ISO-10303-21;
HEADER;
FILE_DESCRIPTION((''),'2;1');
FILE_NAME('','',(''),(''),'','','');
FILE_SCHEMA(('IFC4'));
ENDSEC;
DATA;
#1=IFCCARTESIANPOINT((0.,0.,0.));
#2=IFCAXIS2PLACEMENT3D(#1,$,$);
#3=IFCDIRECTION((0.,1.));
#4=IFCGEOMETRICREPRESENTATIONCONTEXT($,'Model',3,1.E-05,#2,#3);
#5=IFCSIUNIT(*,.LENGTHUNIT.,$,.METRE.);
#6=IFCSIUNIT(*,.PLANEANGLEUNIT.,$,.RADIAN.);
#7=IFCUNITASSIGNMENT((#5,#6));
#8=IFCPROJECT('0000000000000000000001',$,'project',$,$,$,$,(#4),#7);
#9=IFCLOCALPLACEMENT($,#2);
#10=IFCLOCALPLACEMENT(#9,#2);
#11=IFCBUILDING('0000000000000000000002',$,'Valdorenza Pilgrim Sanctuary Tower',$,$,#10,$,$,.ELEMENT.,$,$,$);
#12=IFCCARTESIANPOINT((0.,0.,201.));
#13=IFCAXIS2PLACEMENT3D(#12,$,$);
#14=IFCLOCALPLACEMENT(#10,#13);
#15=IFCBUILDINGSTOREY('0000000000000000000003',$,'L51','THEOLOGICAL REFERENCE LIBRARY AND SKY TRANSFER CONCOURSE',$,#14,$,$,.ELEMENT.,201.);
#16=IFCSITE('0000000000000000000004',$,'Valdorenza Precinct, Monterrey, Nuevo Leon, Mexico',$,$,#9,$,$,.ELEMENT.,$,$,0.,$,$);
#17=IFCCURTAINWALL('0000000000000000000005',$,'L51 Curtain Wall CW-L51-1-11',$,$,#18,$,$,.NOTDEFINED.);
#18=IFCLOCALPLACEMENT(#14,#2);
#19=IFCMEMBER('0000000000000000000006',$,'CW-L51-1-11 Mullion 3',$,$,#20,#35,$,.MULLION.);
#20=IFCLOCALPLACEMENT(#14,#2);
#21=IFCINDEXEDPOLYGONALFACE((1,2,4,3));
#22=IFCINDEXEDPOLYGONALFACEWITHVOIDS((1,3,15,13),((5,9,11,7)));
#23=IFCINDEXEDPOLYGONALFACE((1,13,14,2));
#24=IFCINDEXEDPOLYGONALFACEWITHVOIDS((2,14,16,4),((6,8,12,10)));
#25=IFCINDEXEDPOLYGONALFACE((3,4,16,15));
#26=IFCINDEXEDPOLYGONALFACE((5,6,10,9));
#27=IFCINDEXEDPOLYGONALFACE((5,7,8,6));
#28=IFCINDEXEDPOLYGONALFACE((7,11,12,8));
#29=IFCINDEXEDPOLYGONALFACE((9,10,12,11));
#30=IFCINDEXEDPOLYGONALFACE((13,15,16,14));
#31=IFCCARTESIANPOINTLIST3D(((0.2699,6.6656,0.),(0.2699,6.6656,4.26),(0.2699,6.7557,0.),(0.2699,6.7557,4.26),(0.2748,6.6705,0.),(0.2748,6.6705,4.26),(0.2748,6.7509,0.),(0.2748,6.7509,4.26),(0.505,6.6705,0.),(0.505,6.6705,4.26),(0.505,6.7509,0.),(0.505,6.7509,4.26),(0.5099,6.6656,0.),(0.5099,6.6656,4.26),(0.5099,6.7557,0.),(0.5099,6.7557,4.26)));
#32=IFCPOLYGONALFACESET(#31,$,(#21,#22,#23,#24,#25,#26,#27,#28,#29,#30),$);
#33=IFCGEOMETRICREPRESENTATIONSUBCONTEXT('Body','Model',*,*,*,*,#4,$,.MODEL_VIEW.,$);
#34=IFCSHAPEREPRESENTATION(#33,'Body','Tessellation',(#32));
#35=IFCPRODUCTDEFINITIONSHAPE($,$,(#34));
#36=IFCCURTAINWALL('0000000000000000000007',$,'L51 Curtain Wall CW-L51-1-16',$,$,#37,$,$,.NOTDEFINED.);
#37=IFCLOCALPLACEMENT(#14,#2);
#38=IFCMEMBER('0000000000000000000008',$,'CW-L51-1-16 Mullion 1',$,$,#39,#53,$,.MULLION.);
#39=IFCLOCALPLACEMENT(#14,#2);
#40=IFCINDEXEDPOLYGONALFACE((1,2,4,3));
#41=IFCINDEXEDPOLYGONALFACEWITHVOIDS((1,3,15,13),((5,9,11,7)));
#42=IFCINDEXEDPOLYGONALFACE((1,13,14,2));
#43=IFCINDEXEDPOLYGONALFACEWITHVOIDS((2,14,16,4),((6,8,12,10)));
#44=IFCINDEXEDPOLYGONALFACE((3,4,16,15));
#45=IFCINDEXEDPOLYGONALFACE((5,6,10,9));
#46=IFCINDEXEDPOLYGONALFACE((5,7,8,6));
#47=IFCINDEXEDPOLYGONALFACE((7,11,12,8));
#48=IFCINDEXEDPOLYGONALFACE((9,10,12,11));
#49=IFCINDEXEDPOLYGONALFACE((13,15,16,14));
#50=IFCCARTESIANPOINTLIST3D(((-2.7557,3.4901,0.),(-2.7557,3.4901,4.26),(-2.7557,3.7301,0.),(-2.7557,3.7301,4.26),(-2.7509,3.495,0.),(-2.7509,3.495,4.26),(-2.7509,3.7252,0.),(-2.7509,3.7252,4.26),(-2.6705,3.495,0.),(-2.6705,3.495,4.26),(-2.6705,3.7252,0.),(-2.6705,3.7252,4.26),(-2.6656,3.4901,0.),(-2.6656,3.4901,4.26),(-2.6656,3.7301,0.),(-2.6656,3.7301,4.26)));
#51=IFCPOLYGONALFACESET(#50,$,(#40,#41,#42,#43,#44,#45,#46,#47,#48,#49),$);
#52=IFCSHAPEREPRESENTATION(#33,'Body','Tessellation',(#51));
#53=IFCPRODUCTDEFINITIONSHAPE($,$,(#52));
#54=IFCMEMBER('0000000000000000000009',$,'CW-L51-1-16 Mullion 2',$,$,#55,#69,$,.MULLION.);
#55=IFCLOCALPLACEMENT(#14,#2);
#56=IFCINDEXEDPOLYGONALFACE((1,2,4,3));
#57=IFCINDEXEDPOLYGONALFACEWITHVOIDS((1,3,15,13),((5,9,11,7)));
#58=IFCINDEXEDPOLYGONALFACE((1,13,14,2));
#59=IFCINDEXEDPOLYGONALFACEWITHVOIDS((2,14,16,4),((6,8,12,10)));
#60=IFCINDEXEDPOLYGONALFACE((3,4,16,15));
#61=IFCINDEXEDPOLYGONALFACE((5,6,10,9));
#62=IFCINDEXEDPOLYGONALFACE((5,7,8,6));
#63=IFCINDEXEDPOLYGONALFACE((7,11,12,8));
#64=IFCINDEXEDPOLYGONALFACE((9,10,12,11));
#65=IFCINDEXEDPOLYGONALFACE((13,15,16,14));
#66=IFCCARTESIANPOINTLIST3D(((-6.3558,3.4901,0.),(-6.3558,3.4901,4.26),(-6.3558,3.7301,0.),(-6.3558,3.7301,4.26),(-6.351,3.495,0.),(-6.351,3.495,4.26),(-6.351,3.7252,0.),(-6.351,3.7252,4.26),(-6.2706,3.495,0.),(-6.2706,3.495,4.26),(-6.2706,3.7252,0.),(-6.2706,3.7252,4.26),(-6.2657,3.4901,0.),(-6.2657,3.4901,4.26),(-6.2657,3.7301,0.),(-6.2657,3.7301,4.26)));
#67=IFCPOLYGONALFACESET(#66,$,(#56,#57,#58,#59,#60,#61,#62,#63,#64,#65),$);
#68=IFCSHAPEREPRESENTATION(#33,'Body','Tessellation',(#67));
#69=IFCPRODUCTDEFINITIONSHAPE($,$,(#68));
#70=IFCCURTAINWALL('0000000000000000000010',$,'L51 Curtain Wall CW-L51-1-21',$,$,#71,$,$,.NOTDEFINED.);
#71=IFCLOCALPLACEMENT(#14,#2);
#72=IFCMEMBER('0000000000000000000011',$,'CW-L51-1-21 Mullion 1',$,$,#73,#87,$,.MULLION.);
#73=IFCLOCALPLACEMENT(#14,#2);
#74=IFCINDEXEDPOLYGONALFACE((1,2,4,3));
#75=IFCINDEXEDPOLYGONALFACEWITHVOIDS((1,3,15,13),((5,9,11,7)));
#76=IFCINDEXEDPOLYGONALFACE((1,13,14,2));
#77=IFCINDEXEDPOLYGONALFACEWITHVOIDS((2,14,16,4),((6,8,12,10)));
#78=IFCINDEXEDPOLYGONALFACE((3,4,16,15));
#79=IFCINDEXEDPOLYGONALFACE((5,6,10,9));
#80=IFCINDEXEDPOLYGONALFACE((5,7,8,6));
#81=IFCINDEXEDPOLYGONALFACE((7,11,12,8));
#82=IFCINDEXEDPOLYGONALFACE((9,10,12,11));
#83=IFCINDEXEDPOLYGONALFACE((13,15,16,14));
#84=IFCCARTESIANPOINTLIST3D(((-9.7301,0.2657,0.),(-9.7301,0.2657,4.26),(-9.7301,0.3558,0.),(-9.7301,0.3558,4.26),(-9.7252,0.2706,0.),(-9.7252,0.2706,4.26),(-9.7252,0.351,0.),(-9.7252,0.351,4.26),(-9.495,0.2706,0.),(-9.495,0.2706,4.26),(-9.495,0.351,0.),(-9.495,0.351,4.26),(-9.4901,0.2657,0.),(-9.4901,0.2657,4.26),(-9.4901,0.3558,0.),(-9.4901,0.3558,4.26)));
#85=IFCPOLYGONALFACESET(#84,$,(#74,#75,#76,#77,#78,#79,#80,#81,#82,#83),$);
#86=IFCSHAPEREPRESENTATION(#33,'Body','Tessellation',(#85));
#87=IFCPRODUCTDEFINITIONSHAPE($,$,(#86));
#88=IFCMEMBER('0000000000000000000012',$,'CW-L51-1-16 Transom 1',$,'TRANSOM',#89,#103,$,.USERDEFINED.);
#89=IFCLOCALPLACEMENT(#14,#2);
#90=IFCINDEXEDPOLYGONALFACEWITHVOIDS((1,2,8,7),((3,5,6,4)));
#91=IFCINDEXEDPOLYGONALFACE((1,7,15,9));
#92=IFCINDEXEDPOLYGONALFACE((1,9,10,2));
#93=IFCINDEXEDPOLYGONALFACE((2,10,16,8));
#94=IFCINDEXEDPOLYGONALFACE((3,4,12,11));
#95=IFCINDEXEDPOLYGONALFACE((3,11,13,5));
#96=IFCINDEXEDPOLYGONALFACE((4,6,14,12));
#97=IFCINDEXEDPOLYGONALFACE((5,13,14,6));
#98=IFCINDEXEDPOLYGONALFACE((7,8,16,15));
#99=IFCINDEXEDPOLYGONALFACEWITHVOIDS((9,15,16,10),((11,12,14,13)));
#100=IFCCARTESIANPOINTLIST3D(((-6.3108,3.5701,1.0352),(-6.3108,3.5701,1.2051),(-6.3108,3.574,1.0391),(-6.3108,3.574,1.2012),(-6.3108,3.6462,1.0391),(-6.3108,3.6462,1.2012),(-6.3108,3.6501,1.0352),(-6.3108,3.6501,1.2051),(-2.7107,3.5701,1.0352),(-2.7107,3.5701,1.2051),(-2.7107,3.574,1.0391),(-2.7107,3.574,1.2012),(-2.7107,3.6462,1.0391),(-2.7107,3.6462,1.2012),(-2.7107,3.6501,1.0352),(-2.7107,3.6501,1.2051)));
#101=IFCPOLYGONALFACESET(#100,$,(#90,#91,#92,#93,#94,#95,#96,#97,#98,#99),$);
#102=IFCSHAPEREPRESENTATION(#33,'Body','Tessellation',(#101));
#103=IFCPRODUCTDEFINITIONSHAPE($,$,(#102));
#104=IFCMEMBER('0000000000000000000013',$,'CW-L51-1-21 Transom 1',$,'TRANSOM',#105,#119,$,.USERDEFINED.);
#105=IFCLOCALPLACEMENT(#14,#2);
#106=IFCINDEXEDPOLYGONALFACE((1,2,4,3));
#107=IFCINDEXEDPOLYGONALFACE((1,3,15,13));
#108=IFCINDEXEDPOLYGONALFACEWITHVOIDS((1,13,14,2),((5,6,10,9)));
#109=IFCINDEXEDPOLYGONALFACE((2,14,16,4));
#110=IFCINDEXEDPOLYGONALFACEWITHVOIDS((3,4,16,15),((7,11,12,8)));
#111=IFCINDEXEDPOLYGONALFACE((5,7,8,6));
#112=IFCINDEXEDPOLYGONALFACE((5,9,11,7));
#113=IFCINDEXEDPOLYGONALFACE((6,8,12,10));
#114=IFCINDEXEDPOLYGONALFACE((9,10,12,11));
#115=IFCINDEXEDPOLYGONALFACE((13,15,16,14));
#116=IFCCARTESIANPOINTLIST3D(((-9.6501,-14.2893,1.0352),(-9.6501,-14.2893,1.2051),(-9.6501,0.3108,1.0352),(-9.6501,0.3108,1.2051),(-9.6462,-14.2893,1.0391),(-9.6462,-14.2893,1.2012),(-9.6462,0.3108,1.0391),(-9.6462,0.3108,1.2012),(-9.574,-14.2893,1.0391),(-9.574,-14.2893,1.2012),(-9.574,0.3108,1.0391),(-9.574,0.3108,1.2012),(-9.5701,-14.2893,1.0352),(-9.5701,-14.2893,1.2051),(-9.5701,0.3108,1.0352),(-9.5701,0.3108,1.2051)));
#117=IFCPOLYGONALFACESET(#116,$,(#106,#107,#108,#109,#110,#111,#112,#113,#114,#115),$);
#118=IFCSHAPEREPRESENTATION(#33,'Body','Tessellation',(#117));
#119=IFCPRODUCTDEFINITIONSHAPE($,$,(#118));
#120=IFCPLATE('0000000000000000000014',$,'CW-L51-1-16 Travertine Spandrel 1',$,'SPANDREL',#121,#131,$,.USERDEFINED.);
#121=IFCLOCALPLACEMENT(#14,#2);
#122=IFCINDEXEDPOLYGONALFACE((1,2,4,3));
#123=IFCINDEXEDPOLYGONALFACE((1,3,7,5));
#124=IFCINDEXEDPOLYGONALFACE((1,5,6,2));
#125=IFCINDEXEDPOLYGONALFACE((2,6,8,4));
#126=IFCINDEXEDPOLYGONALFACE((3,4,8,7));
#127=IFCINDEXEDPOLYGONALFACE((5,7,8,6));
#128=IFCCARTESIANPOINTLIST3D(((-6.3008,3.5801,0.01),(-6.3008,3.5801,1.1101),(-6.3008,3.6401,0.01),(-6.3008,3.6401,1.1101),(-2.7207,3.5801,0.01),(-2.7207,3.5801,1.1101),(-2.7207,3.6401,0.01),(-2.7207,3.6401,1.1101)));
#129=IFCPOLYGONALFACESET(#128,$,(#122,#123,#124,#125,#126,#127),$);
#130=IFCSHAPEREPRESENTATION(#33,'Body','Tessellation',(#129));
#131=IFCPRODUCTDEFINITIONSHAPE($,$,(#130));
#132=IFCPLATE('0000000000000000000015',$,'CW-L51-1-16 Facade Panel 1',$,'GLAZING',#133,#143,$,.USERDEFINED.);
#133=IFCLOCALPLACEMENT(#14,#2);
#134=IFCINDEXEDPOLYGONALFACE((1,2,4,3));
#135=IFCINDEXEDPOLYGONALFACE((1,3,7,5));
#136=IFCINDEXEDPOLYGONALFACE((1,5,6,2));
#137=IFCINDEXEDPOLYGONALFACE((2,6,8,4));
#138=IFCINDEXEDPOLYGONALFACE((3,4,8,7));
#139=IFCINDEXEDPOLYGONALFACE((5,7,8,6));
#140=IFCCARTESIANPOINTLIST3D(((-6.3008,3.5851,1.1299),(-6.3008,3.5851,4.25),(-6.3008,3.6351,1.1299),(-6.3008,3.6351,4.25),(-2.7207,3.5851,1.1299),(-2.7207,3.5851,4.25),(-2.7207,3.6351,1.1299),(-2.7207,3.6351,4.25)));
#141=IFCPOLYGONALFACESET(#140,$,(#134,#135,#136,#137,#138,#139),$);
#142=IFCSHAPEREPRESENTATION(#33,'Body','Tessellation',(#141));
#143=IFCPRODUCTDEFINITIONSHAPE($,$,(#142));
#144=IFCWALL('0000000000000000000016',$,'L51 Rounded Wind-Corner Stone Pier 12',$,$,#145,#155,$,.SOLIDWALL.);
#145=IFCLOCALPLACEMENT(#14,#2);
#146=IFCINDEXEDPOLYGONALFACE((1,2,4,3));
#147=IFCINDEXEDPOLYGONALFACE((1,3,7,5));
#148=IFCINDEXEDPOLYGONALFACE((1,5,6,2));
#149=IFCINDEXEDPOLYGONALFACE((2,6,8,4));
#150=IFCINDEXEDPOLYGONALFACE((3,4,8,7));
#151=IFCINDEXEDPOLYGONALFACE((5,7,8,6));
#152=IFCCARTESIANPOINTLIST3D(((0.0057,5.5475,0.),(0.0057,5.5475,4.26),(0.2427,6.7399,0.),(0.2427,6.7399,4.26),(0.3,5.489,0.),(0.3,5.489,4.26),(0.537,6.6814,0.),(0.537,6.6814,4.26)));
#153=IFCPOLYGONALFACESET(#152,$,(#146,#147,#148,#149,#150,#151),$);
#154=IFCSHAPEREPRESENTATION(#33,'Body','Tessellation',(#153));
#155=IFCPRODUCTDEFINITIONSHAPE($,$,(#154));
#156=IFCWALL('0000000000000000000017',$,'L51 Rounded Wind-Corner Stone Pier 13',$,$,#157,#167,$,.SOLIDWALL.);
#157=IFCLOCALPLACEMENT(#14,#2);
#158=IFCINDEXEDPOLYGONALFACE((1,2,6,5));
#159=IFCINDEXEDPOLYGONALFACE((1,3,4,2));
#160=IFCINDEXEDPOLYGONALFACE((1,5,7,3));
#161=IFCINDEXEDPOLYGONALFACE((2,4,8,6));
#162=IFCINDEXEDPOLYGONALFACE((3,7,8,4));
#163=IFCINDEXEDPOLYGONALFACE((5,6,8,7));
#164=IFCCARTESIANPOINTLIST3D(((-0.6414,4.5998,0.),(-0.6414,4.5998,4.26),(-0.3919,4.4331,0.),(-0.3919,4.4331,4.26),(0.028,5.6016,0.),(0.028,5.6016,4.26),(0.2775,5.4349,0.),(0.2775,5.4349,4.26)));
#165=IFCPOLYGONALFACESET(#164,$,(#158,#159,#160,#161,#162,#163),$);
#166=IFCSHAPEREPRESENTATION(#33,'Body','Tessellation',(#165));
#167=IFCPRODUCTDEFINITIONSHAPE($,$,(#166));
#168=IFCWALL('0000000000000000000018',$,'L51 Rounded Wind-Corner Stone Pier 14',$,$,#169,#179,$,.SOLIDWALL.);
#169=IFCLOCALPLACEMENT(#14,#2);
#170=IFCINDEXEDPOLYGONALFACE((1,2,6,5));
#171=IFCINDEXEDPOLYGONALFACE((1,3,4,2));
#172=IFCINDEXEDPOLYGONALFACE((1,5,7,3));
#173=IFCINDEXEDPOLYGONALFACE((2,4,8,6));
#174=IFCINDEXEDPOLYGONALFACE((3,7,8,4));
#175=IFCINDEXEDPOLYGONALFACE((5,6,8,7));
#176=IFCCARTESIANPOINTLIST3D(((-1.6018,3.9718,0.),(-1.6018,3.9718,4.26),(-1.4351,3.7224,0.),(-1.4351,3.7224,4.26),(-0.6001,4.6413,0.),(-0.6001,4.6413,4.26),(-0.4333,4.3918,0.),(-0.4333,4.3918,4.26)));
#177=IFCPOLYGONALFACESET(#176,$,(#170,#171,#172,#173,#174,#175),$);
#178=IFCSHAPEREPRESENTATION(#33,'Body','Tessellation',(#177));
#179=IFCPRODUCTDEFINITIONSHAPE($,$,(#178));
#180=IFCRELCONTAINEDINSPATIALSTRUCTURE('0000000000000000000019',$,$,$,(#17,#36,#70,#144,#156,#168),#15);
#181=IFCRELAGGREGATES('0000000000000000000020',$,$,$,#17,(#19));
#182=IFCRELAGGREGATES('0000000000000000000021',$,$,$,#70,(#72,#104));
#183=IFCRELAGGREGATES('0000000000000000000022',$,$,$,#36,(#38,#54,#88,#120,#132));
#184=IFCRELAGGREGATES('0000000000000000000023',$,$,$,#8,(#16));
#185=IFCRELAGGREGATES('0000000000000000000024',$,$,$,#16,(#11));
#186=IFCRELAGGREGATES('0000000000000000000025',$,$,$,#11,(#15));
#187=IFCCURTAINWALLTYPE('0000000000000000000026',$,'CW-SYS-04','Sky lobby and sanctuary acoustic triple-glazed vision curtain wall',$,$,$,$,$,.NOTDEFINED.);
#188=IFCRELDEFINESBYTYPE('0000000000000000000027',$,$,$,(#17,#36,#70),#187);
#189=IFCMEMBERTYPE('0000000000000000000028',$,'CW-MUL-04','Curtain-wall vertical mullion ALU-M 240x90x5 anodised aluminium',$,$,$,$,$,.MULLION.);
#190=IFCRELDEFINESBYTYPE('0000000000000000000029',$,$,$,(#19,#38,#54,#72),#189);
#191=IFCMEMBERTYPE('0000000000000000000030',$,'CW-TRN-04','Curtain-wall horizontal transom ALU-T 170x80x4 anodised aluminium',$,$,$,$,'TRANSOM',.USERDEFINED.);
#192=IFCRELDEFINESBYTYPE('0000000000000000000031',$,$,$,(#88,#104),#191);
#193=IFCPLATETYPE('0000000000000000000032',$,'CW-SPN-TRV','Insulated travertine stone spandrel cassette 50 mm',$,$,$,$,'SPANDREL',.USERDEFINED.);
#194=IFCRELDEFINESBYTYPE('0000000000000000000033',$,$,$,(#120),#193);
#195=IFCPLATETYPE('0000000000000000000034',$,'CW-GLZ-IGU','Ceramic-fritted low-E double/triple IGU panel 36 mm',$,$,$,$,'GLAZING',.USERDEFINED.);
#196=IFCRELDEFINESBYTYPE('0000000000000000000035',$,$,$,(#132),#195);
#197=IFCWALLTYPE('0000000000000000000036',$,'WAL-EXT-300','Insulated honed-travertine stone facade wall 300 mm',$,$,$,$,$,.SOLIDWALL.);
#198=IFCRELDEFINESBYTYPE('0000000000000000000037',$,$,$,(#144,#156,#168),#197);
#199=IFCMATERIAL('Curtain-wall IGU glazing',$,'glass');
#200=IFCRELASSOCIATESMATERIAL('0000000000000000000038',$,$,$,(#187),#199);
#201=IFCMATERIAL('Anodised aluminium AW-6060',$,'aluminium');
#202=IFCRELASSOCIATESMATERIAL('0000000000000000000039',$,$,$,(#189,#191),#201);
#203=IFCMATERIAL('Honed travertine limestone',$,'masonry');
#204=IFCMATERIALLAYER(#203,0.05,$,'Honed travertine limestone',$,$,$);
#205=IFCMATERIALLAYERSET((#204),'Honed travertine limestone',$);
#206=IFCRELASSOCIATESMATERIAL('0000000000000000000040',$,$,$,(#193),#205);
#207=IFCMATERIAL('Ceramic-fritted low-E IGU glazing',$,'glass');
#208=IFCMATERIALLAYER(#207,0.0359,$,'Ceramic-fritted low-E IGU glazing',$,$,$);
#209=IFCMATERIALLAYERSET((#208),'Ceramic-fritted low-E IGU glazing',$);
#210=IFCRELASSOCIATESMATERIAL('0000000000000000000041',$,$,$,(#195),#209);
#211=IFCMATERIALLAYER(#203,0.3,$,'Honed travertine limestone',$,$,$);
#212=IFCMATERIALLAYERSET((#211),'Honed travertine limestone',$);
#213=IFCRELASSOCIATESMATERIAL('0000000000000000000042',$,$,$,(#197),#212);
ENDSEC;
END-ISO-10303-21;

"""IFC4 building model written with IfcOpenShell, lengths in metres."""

from ifc_helpers import new_model, si_unit, direction, frame, frame_2d, origin, origin_2d, place, context, subcontext, project, spatial, rectangle, hollow_rectangle, extrude, source, transform, mapped, material, layer, layer_set, material_profile, profile_set, type_object, element, aggregate, save


model = new_model("IFC4")

# Units and contexts
model_context = context("Model", 3, precision=1e-05, world=origin(), true_north=direction((0.0, 1.0)))
body_context = subcontext(model_context, "Body", "Model", "MODEL_VIEW")
ifc_project = project(units=[si_unit("LENGTHUNIT", "METRE"), si_unit("PLANEANGLEUNIT", "RADIAN")], contexts=[model_context])

# Site, building, storey
site_placement = place(None, origin())
site = spatial("IfcSite", under=ifc_project, at=site_placement, Name="Valdorenza Precinct, Monterrey, Nuevo Leon, Mexico", CompositionType="ELEMENT", RefElevation=0.0)
building_placement = place(site_placement, origin())
building = spatial("IfcBuilding", under=site, at=building_placement, Name="Valdorenza Pilgrim Sanctuary Tower", CompositionType="ELEMENT")
storey_placement = place(building_placement, frame((0.0, 0.0, 201.0)))
storey = spatial("IfcBuildingStorey", under=building, at=storey_placement, Name="L51", Description="THEOLOGICAL REFERENCE LIBRARY AND SKY TRANSFER CONCOURSE", CompositionType="ELEMENT", Elevation=201.0)

# Curtain wall, member
ifc_material_1 = material(Name="Curtain-wall IGU glazing", Category="glass")
curtain_wall_type = type_object("IfcCurtainWallType", Name="CW-SYS-04", Description="Sky lobby and sanctuary acoustic triple-glazed vision curtain wall", PredefinedType="NOTDEFINED", material=ifc_material_1)
curtain_wall_1_placement = place(storey_placement, origin())
curtain_wall_1 = element("IfcCurtainWall", 1, at=curtain_wall_1_placement, inside=storey, type_object=curtain_wall_type, Name="L51 Curtain Wall CW-L51-1-11", PredefinedType="NOTDEFINED")
ifc_material_2 = material(Name="Anodised aluminium AW-6060", Category="aluminium")
ifc_material_profile_1 = material_profile(ifc_material_2, hollow_rectangle(XDim=0.0901, YDim=0.24, WallThickness=0.0049, at=origin_2d()), Name="ALU-M 240x90x5")
ifc_profile_set_1 = profile_set([ifc_material_profile_1], Name="Anodised aluminium AW-6060")
member_type_1 = type_object("IfcMemberType", Name="CW-MUL-04", Description="Curtain-wall vertical mullion ALU-M 240x90x5 anodised aluminium", PredefinedType="MULLION", material=ifc_profile_set_1)
shared_shape_1 = source(origin(), body_context, "Body", "SweptSolid", [
    extrude(hollow_rectangle(XDim=0.0901, YDim=0.24, WallThickness=0.0049, at=origin_2d()), origin(), (0.0, 0.0, 1.0), 4.26),
])
member_1_placement = place(storey_placement, frame((0.3899, 6.7107, 0.0), z_axis=(0.0, 0.0, 1.0), x_axis=(0.0, -1.0, 0.0)))
member_1 = element("IfcMember", 2, at=member_1_placement, type_object=member_type_1, Name="CW-L51-1-11 Mullion 3", PredefinedType="MULLION", context=body_context, shape_type="MappedRepresentation", body=[
    mapped(shared_shape_1, transform((0.0, 0.0, 0.0), x_axis=(1.0, 0.0, 0.0), y_axis=(0.0, 1.0, 0.0), z_axis=(0.0, 0.0, 1.0), scale=1.0)),
])
aggregate(curtain_wall_1, [member_1])

# Curtain wall, members
curtain_wall_2_placement = place(storey_placement, origin())
curtain_wall_2 = element("IfcCurtainWall", 3, at=curtain_wall_2_placement, inside=storey, type_object=curtain_wall_type, Name="L51 Curtain Wall CW-L51-1-16", PredefinedType="NOTDEFINED")
member_2_placement = place(storey_placement, frame((-2.7107, 3.6101, 0.0), z_axis=(0.0, 0.0, 1.0), x_axis=(-1.0, 0.0, 0.0)))
member_2 = element("IfcMember", 4, at=member_2_placement, type_object=member_type_1, Name="CW-L51-1-16 Mullion 1", PredefinedType="MULLION", context=body_context, shape_type="MappedRepresentation", body=[
    mapped(shared_shape_1, transform((0.0, 0.0, 0.0), x_axis=(1.0, 0.0, 0.0), y_axis=(0.0, 1.0, 0.0), z_axis=(0.0, 0.0, 1.0), scale=1.0)),
])
member_3_placement = place(storey_placement, frame((-6.3108, 3.6101, 0.0), z_axis=(0.0, 0.0, 1.0), x_axis=(-1.0, 0.0, 0.0)))
member_3 = element("IfcMember", 5, at=member_3_placement, type_object=member_type_1, Name="CW-L51-1-16 Mullion 2", PredefinedType="MULLION", context=body_context, shape_type="MappedRepresentation", body=[
    mapped(shared_shape_1, transform((0.0, 0.0, 0.0), x_axis=(1.0, 0.0, 0.0), y_axis=(0.0, 1.0, 0.0), z_axis=(0.0, 0.0, 1.0), scale=1.0)),
])

# Curtain wall, member
curtain_wall_3_placement = place(storey_placement, origin())
curtain_wall_3 = element("IfcCurtainWall", 6, at=curtain_wall_3_placement, inside=storey, type_object=curtain_wall_type, Name="L51 Curtain Wall CW-L51-1-21", PredefinedType="NOTDEFINED")
member_4_placement = place(storey_placement, frame((-9.6101, 0.3108, 0.0), z_axis=(0.0, 0.0, 1.0), x_axis=(0.0, -1.0, 0.0)))
member_4 = element("IfcMember", 7, at=member_4_placement, type_object=member_type_1, Name="CW-L51-1-21 Mullion 1", PredefinedType="MULLION", context=body_context, shape_type="MappedRepresentation", body=[
    mapped(shared_shape_1, transform((0.0, 0.0, 0.0), x_axis=(1.0, 0.0, 0.0), y_axis=(0.0, 1.0, 0.0), z_axis=(0.0, 0.0, 1.0), scale=1.0)),
])

# Members
ifc_material_profile_2 = material_profile(ifc_material_2, hollow_rectangle(XDim=0.0801, YDim=0.1699, WallThickness=0.0039, at=origin_2d()), Name="ALU-T 170x80x4")
ifc_profile_set_2 = profile_set([ifc_material_profile_2], Name="Anodised aluminium AW-6060")
member_type_2 = type_object("IfcMemberType", Name="CW-TRN-04", Description="Curtain-wall horizontal transom ALU-T 170x80x4 anodised aluminium", ElementType="TRANSOM", PredefinedType="USERDEFINED", material=ifc_profile_set_2)
shared_shape_2 = source(origin(), body_context, "Body", "SweptSolid", [
    extrude(hollow_rectangle(XDim=0.0801, YDim=0.1699, WallThickness=0.0039, at=origin_2d()), origin(), (0.0, 0.0, 1.0), 3.6001),
])
member_5_placement = place(storey_placement, frame((-2.7107, 3.6101, 1.1201), z_axis=(-1.0, 0.0, 0.0), x_axis=(0.0, -1.0, 0.0)))
member_5 = element("IfcMember", 8, at=member_5_placement, type_object=member_type_2, Name="CW-L51-1-16 Transom 1", ObjectType="TRANSOM", PredefinedType="USERDEFINED", context=body_context, shape_type="MappedRepresentation", body=[
    mapped(shared_shape_2, transform((0.0, 0.0, 0.0), x_axis=(1.0, 0.0, 0.0), y_axis=(0.0, 1.0, 0.0), z_axis=(0.0, 0.0, 1.0), scale=1.0)),
])
shared_shape_3 = source(origin(), body_context, "Body", "SweptSolid", [
    extrude(hollow_rectangle(XDim=0.0801, YDim=0.1699, WallThickness=0.0039, at=origin_2d()), origin(), (0.0, 0.0, 1.0), 14.6001),
])
member_6_placement = place(storey_placement, frame((-9.6101, 0.3108, 1.1201), z_axis=(0.0, -1.0, 0.0), x_axis=(1.0, 0.0, 0.0)))
member_6 = element("IfcMember", 9, at=member_6_placement, type_object=member_type_2, Name="CW-L51-1-21 Transom 1", ObjectType="TRANSOM", PredefinedType="USERDEFINED", context=body_context, shape_type="MappedRepresentation", body=[
    mapped(shared_shape_3, transform((0.0, 0.0, 0.0), x_axis=(1.0, 0.0, 0.0), y_axis=(0.0, 1.0, 0.0), z_axis=(0.0, 0.0, 1.0), scale=1.0)),
])
aggregate(curtain_wall_3, [member_4, member_6])

# Plates
ifc_material_3 = material(Name="Honed travertine limestone", Category="masonry")
ifc_layer_1 = layer(ifc_material_3, 0.05, Name="Honed travertine limestone")
ifc_layer_set_1 = layer_set([ifc_layer_1], Name="Honed travertine limestone")
plate_type_1 = type_object("IfcPlateType", Name="CW-SPN-TRV", Description="Insulated travertine stone spandrel cassette 50 mm", ElementType="SPANDREL", PredefinedType="USERDEFINED", material=ifc_layer_set_1)
shared_shape_4 = source(origin(), body_context, "Body", "SweptSolid", [
    extrude(rectangle(XDim=3.5801, YDim=0.0601, at=origin_2d()), origin(), (0.0, 0.0, 1.0), 1.1001),
])
plate_1_placement = place(storey_placement, frame((-4.5107, 3.6101, 0.01), z_axis=(0.0, 0.0, 1.0), x_axis=(-1.0, 0.0, 0.0)))
plate_1 = element("IfcPlate", 10, at=plate_1_placement, type_object=plate_type_1, Name="CW-L51-1-16 Travertine Spandrel 1", ObjectType="SPANDREL", PredefinedType="USERDEFINED", context=body_context, shape_type="MappedRepresentation", body=[
    mapped(shared_shape_4, transform((0.0, 0.0, 0.0), x_axis=(1.0, 0.0, 0.0), y_axis=(0.0, 1.0, 0.0), z_axis=(0.0, 0.0, 1.0), scale=1.0)),
])
ifc_material_4 = material(Name="Ceramic-fritted low-E IGU glazing", Category="glass")
ifc_layer_2 = layer(ifc_material_4, 0.0359, Name="Ceramic-fritted low-E IGU glazing")
ifc_layer_set_2 = layer_set([ifc_layer_2], Name="Ceramic-fritted low-E IGU glazing")
plate_type_2 = type_object("IfcPlateType", Name="CW-GLZ-IGU", Description="Ceramic-fritted low-E double/triple IGU panel 36 mm", ElementType="GLAZING", PredefinedType="USERDEFINED", material=ifc_layer_set_2)
shared_shape_5 = source(origin(), body_context, "Body", "SweptSolid", [
    extrude(rectangle(XDim=3.5801, YDim=0.05, at=origin_2d()), origin(), (0.0, 0.0, 1.0), 3.1201),
])
plate_2_placement = place(storey_placement, frame((-4.5107, 3.6101, 1.1299), z_axis=(0.0, 0.0, 1.0), x_axis=(-1.0, 0.0, 0.0)))
plate_2 = element("IfcPlate", 11, at=plate_2_placement, type_object=plate_type_2, Name="CW-L51-1-16 Facade Panel 1", ObjectType="GLAZING", PredefinedType="USERDEFINED", context=body_context, shape_type="MappedRepresentation", body=[
    mapped(shared_shape_5, transform((0.0, 0.0, 0.0), x_axis=(1.0, 0.0, 0.0), y_axis=(0.0, 1.0, 0.0), z_axis=(0.0, 0.0, 1.0), scale=1.0)),
])
aggregate(curtain_wall_2, [member_2, member_3, member_5, plate_1, plate_2])

# Walls
ifc_layer_3 = layer(ifc_material_3, 0.3, Name="Honed travertine limestone")
ifc_layer_set_3 = layer_set([ifc_layer_3], Name="Honed travertine limestone")
wall_type = type_object("IfcWallType", Name="WAL-EXT-300", Description="Insulated honed-travertine stone facade wall 300 mm", PredefinedType="SOLIDWALL", material=ifc_layer_set_3)
wall_1_placement = place(storey_placement, frame((0.3899, 6.7107, 0.0), z_axis=(0.0, 0.0, 1.0), x_axis=(-0.194996, -0.980804, 0.0)))
element("IfcWall", 12, at=wall_1_placement, inside=storey, type_object=wall_type, Name="L51 Rounded Wind-Corner Stone Pier 12", PredefinedType="SOLIDWALL", context=body_context, shape_type="SweptSolid", body=[
    extrude(rectangle(XDim=1.2158, YDim=0.3, at=frame_2d((0.6079, 0.0))), origin(), (0.0, 0.0, 1.0), 4.26),
])
for number, where, z_axis, x_axis, name in (
    (13, (0.1528, 5.5183, 0.0), (0.0, 0.0, 1.0), (-0.555635, -0.831426, 0.0), "L51 Rounded Wind-Corner Stone Pier 13"),
    (14, (-0.5166, 4.5166, 0.0), (0.0, 0.0, 1.0), (-0.831426, -0.555635, 0.0), "L51 Rounded Wind-Corner Stone Pier 14"),
):
    element("IfcWall", number, at=place(storey_placement, frame(where, z_axis=z_axis, x_axis=x_axis)), inside=storey, type_object=wall_type, Name=name, PredefinedType="SOLIDWALL", context=body_context, shape_type="SweptSolid", body=[
        extrude(rectangle(XDim=1.2048, YDim=0.3, at=frame_2d((0.6025, 0.0))), origin(), (0.0, 0.0, 1.0), 4.26),
    ])

save(model, "model.ifc")
